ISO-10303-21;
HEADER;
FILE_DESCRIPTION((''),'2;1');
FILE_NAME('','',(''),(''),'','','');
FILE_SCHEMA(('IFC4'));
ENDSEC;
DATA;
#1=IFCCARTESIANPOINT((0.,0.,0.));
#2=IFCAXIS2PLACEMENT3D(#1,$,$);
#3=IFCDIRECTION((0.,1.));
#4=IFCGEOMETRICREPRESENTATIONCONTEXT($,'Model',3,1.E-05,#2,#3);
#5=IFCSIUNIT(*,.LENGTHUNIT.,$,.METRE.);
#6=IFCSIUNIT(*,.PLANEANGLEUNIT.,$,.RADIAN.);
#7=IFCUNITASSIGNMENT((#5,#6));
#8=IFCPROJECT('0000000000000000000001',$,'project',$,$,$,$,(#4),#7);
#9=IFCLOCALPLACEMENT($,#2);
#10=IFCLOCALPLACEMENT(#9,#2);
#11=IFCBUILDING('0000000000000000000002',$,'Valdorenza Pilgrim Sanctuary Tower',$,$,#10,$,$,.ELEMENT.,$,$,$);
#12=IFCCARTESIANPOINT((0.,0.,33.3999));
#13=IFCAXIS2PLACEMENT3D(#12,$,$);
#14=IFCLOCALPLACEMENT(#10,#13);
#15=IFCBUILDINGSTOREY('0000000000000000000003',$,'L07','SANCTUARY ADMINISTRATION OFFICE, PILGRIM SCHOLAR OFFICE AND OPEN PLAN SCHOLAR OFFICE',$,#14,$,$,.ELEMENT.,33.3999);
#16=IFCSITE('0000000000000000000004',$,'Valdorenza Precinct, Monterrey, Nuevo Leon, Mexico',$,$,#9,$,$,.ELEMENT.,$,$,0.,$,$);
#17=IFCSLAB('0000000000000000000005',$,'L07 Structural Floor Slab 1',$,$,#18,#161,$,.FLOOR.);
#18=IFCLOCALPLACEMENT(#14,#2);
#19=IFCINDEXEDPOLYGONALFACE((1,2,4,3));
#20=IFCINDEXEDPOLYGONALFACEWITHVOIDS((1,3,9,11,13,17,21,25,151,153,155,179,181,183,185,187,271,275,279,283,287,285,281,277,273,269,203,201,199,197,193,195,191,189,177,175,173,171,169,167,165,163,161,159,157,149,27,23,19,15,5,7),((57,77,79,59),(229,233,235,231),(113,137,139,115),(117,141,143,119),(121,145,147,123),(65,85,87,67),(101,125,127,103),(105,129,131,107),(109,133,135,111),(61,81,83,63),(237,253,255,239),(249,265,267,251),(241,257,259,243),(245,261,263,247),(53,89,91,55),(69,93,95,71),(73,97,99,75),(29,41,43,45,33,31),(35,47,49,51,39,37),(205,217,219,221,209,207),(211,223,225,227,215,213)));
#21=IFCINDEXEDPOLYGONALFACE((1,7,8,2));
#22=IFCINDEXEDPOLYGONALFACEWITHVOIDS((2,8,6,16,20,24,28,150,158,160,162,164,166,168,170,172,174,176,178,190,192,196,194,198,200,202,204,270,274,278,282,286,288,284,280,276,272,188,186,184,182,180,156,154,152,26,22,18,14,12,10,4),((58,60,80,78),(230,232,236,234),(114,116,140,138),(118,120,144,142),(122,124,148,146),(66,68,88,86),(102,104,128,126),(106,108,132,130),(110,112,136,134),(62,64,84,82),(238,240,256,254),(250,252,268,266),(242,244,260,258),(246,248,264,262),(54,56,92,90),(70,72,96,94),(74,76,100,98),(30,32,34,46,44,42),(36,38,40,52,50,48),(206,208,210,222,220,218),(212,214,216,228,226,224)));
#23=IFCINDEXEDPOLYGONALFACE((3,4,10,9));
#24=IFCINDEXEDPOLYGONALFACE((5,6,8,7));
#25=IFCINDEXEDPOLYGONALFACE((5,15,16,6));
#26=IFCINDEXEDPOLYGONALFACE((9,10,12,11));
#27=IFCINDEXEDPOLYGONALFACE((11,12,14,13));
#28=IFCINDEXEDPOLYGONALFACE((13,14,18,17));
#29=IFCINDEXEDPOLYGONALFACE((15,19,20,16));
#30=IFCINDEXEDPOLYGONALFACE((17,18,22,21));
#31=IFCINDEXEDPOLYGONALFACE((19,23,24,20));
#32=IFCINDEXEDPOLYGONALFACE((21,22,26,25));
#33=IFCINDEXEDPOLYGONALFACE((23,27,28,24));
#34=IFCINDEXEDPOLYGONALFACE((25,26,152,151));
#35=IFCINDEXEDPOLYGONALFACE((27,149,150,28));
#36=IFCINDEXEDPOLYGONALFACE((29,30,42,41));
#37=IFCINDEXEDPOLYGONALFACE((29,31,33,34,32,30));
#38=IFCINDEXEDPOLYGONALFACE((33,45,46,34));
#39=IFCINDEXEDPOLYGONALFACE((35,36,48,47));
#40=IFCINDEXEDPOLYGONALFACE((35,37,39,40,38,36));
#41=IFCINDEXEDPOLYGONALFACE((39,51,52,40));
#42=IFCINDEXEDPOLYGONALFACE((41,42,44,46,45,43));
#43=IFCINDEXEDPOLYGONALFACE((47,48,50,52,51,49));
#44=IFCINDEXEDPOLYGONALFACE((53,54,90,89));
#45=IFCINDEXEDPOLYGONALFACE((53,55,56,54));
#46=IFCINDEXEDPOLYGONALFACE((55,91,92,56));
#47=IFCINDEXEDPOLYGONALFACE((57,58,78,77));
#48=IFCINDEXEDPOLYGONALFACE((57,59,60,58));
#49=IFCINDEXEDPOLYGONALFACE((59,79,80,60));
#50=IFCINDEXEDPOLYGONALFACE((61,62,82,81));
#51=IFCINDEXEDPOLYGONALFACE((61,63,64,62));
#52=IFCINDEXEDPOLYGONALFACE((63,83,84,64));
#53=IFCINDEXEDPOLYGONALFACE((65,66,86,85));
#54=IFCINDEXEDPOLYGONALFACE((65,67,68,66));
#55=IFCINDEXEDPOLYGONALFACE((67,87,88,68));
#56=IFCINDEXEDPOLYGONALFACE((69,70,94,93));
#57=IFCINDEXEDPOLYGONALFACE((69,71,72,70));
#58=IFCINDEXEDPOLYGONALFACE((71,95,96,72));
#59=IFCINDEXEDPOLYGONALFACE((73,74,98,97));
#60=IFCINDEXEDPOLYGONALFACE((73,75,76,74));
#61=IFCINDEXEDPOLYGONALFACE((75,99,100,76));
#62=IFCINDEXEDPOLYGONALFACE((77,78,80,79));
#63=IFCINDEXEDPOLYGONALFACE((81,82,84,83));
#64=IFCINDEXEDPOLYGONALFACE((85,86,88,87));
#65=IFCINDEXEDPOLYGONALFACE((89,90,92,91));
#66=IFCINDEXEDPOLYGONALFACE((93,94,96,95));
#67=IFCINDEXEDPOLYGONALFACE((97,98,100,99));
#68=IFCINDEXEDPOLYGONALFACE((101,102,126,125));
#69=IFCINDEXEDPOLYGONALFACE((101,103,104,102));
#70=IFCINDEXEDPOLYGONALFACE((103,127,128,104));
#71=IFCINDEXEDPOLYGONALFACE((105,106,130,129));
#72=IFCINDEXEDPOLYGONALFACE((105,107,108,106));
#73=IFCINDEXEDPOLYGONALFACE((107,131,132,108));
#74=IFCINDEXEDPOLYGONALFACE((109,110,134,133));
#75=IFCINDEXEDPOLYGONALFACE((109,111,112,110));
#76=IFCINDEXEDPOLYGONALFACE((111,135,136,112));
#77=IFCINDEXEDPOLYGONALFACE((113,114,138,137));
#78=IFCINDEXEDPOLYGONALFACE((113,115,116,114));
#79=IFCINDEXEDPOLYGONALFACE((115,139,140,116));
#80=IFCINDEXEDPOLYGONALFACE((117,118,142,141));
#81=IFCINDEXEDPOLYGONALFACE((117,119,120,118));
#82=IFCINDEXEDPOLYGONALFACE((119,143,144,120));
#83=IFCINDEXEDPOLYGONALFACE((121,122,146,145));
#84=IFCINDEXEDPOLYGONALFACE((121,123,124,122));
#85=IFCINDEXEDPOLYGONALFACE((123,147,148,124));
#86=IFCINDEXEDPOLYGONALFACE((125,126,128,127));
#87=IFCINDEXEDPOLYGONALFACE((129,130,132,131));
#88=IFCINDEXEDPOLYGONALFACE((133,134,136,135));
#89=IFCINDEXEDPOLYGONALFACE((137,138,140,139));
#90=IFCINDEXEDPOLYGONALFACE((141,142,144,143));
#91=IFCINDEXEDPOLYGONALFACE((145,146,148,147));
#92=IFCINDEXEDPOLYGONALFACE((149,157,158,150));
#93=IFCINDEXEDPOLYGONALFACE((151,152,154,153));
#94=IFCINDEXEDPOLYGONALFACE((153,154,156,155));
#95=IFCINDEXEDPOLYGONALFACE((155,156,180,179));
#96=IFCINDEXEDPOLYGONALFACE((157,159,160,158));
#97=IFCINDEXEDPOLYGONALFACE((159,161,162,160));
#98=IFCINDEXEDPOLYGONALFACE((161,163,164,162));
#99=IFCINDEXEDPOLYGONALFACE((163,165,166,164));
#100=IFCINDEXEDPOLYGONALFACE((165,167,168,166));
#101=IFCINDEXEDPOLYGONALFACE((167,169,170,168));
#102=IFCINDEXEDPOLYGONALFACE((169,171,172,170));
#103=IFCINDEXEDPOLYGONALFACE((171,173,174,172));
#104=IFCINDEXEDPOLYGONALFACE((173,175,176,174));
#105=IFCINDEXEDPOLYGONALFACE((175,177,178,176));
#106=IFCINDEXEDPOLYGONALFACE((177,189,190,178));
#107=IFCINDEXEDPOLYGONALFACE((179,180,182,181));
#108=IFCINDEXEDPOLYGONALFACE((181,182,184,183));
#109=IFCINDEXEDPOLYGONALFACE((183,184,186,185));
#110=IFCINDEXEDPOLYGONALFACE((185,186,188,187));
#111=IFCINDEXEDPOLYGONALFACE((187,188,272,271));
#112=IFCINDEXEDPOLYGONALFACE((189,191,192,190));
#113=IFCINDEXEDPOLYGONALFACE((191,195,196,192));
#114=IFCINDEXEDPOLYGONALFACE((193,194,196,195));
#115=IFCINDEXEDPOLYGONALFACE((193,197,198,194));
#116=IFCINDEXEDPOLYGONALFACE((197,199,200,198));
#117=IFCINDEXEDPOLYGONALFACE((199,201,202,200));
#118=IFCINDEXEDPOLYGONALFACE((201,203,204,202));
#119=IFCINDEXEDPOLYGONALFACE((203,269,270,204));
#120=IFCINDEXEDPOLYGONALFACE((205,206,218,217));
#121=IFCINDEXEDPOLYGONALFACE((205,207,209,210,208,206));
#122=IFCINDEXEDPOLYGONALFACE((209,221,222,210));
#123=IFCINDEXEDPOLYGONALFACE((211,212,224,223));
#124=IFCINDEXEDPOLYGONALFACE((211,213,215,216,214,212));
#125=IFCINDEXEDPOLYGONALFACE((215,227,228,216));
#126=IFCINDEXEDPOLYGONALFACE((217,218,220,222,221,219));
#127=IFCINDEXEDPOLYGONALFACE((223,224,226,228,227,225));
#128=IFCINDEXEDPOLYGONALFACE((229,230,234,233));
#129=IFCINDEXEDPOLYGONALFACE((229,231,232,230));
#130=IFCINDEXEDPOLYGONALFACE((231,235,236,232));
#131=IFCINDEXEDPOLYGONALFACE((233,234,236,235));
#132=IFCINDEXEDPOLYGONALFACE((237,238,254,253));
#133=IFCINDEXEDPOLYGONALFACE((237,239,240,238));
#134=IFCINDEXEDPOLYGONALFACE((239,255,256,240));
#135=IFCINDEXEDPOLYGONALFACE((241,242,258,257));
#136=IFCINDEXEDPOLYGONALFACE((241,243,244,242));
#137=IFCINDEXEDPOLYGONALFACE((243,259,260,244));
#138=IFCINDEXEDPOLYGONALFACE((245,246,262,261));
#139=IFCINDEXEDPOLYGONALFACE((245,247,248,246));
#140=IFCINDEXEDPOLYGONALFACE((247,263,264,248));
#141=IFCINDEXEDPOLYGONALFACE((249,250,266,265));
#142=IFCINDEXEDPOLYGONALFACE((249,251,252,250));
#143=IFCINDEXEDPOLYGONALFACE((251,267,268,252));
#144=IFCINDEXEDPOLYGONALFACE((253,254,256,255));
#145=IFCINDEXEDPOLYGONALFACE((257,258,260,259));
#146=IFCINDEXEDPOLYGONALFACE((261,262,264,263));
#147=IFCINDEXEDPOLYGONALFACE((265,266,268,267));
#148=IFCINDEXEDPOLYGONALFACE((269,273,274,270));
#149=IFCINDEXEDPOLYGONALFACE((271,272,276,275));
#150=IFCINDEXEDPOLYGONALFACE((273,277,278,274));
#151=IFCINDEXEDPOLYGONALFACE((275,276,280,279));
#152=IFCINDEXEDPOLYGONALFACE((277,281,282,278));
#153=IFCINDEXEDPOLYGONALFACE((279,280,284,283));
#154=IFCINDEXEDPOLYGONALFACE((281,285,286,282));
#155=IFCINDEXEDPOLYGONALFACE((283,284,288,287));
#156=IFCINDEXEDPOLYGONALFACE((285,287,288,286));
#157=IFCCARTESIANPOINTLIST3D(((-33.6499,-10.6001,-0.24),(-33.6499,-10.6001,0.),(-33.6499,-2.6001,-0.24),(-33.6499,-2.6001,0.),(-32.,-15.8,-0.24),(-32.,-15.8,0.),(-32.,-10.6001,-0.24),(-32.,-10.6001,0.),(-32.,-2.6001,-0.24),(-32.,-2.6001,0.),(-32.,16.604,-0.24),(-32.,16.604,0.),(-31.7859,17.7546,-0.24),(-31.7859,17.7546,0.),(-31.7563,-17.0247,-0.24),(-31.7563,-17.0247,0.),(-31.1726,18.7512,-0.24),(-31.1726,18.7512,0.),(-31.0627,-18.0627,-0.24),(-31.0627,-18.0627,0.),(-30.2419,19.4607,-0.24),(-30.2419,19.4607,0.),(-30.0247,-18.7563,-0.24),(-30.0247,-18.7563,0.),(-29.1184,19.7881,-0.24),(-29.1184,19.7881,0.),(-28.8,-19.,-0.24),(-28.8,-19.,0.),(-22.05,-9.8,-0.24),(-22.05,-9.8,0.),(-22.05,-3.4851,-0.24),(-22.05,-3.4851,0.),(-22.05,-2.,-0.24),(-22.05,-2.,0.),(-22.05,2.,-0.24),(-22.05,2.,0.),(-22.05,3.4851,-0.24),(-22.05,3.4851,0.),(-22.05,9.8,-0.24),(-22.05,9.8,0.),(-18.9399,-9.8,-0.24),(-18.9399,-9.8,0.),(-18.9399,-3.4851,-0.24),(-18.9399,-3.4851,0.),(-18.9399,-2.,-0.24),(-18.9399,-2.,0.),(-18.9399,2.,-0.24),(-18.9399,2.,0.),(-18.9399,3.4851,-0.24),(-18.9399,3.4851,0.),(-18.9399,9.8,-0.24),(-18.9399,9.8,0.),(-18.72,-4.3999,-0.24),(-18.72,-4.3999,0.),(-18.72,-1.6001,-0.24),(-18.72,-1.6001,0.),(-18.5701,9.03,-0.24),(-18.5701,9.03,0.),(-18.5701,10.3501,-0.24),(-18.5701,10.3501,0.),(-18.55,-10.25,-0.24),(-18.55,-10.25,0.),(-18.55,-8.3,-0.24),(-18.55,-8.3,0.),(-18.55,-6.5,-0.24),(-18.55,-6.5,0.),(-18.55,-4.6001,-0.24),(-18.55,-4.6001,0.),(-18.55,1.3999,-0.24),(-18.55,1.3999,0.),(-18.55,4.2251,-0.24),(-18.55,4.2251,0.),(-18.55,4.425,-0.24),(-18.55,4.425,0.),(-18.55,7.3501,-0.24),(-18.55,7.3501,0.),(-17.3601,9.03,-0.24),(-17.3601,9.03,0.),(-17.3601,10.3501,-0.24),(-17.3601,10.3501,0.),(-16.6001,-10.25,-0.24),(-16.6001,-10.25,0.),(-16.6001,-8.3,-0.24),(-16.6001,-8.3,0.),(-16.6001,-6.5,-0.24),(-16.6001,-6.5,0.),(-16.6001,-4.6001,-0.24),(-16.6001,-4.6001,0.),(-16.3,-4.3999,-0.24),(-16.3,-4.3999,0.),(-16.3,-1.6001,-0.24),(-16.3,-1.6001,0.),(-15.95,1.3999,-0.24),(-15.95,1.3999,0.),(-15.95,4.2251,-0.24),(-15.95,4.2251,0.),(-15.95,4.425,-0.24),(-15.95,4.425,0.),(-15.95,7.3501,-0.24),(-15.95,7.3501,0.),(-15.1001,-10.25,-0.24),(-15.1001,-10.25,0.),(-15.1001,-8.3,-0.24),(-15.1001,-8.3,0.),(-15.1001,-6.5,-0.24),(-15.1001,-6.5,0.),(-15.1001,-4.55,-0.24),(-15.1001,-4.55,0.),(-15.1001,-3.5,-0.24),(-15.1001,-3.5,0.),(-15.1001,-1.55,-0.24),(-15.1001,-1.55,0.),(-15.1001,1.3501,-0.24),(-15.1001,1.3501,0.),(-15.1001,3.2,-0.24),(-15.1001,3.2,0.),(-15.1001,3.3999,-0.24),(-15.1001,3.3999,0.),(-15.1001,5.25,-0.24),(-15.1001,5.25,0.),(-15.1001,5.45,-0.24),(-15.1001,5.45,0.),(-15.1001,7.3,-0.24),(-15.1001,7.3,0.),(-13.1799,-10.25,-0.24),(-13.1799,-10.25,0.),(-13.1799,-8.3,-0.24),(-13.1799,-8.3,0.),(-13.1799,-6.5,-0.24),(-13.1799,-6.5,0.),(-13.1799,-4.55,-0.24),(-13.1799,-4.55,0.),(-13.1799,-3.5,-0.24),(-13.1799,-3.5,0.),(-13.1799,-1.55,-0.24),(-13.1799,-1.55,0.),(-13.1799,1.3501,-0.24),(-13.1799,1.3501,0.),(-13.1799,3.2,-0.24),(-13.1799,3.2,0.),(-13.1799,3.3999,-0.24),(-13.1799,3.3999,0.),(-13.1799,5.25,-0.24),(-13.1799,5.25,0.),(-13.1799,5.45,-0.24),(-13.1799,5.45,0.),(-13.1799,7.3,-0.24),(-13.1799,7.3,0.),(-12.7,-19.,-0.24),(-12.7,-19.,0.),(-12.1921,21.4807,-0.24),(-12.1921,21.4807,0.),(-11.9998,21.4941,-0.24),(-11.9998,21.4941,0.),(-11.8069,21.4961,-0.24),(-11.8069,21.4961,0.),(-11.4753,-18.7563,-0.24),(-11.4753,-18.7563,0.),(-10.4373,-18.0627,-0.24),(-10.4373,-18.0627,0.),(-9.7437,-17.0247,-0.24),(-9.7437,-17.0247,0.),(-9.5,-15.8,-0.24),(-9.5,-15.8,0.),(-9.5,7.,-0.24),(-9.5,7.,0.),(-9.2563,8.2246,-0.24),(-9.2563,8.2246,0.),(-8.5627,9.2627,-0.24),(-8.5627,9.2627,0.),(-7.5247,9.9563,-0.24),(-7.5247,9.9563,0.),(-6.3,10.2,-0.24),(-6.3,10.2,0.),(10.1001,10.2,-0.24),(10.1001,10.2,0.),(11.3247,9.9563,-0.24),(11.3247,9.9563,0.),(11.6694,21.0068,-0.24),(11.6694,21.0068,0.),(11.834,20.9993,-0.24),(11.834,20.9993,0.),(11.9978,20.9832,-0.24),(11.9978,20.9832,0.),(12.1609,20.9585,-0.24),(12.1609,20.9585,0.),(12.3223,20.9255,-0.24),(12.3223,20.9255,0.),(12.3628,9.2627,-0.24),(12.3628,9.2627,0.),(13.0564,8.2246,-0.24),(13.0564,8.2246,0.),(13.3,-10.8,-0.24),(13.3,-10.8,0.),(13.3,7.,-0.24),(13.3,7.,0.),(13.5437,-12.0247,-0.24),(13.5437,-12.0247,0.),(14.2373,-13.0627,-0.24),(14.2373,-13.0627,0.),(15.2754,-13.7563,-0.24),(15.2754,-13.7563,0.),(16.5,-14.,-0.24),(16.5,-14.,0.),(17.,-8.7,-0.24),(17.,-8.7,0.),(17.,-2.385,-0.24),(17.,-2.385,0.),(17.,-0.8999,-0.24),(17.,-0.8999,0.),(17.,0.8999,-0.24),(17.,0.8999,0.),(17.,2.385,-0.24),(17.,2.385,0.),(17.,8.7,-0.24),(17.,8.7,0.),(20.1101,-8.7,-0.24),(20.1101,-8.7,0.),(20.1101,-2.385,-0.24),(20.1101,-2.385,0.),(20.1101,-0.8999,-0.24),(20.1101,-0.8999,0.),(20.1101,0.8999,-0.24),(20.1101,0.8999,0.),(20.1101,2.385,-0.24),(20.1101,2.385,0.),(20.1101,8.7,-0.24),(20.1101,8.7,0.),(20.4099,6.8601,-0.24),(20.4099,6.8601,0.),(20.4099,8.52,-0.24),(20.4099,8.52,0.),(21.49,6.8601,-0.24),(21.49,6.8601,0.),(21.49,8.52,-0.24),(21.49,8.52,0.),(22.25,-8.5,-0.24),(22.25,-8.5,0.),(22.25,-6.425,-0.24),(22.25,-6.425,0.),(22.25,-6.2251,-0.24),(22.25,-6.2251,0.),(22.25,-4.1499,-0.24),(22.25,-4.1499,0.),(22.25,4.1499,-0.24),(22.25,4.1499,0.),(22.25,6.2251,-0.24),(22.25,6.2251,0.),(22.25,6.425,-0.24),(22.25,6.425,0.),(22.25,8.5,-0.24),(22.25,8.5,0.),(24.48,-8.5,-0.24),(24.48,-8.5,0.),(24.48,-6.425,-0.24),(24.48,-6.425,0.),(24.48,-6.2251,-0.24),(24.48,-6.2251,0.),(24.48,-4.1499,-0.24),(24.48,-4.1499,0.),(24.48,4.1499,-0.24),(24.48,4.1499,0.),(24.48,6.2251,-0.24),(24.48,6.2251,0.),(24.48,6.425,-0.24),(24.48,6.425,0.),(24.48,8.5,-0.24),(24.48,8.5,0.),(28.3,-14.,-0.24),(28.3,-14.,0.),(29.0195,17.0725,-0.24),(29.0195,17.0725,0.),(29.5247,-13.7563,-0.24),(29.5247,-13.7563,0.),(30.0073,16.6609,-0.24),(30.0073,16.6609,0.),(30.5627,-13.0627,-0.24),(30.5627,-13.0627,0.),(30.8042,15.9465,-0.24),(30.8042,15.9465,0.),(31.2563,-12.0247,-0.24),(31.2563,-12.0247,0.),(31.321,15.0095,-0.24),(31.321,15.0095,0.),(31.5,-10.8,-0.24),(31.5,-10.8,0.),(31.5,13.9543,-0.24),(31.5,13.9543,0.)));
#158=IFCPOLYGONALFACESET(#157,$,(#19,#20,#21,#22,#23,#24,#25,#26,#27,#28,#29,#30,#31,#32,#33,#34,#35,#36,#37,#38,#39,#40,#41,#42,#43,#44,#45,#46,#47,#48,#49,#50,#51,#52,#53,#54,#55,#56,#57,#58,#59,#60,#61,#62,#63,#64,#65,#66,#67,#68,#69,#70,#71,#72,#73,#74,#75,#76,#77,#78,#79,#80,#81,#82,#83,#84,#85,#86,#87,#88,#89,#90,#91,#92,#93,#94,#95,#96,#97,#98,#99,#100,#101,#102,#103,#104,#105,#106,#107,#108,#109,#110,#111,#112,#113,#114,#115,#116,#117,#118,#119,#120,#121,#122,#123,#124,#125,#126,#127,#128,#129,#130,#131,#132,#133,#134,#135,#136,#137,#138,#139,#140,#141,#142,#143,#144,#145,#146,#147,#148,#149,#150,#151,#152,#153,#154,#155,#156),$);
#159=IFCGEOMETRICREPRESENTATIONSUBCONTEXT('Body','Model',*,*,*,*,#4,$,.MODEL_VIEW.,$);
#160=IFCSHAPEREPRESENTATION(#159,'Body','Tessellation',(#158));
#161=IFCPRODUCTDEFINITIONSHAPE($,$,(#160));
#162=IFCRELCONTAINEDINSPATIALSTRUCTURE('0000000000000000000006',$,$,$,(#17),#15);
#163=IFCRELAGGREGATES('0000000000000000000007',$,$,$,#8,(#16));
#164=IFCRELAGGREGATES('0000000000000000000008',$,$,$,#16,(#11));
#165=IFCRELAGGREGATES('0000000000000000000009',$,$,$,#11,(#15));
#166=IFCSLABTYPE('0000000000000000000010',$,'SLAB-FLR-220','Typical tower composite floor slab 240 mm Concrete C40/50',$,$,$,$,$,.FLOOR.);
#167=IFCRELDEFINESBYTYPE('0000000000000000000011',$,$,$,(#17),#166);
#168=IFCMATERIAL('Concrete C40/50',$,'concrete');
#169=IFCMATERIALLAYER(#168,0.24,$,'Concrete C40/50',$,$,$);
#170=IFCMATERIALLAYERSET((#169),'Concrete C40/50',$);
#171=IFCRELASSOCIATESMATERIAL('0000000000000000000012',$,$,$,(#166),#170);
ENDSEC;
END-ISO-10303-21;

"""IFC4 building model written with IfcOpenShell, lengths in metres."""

from ifc_helpers import new_model, si_unit, direction, frame, origin, place, context, subcontext, project, spatial, polyline, outline, extrude, material, layer, layer_set, type_object, element, save


model = new_model("IFC4")

# Units and contexts
model_context = context("Model", 3, precision=1e-05, world=origin(), true_north=direction((0.0, 1.0)))
body_context = subcontext(model_context, "Body", "Model", "MODEL_VIEW")
ifc_project = project(units=[si_unit("LENGTHUNIT", "METRE"), si_unit("PLANEANGLEUNIT", "RADIAN")], contexts=[model_context])

# Site, building, storey
site_placement = place(None, origin())
site = spatial("IfcSite", under=ifc_project, at=site_placement, Name="Valdorenza Precinct, Monterrey, Nuevo Leon, Mexico", CompositionType="ELEMENT", RefElevation=0.0)
building_placement = place(site_placement, origin())
building = spatial("IfcBuilding", under=site, at=building_placement, Name="Valdorenza Pilgrim Sanctuary Tower", CompositionType="ELEMENT")
storey_placement = place(building_placement, frame((0.0, 0.0, 33.3999)))
storey = spatial("IfcBuildingStorey", under=building, at=storey_placement, Name="L07", Description="SANCTUARY ADMINISTRATION OFFICE, PILGRIM SCHOLAR OFFICE AND OPEN PLAN SCHOLAR OFFICE", CompositionType="ELEMENT", Elevation=33.3999)

# Slab
ifc_material_1 = material(Name="Concrete C40/50", Category="concrete")
ifc_layer_1 = layer(ifc_material_1, 0.24, Name="Concrete C40/50")
ifc_layer_set_1 = layer_set([ifc_layer_1], Name="Concrete C40/50")
slab_type_1 = type_object("IfcSlabType", Name="SLAB-FLR-220", Description="Typical tower composite floor slab 240 mm Concrete C40/50", PredefinedType="FLOOR", material=ifc_layer_set_1)
slab_1_placement = place(storey_placement, frame((0.0, 0.0, -0.24)))
element("IfcSlab", 1, at=slab_1_placement, inside=storey, type_object=slab_type_1, Name="L07 Structural Floor Slab 1", PredefinedType="FLOOR", context=body_context, shape_type="SweptSolid", body=[
    extrude(outline(polyline([(-33.6499, -2.6001), (-32.0, -2.6001), (-32.0, 16.604), (-31.7859, 17.7546), (-31.1726, 18.7512), (-30.2419, 19.4607), (-29.1184, 19.7881), (-12.1921, 21.4807), (-11.9998, 21.4941), (-11.8069, 21.4961), (11.6694, 21.0068), (11.834, 20.9993), (11.9978, 20.9832), (12.1609, 20.9585), (12.3223, 20.9255), (29.0195, 17.0725), (30.0073, 16.6609), (30.8042, 15.9465), (31.321, 15.0095), (31.5, 13.9543), (31.5, -10.8), (31.2563, -12.0247), (30.5627, -13.0627), (29.5247, -13.7563), (28.3, -14.0), (16.5, -14.0), (15.2754, -13.7563), (14.2373, -13.0627), (13.5437, -12.0247), (13.3, -10.8), (13.3, 7.0), (13.0564, 8.2246), (12.3628, 9.2627), (11.3247, 9.9563), (10.1001, 10.2), (-6.3, 10.2), (-7.5247, 9.9563), (-8.5627, 9.2627), (-9.2563, 8.2246), (-9.5, 7.0), (-9.5, -15.8), (-9.7437, -17.0247), (-10.4373, -18.0627), (-11.4753, -18.7563), (-12.7, -19.0), (-28.8, -19.0), (-30.0247, -18.7563), (-31.0627, -18.0627), (-31.7563, -17.0247), (-32.0, -15.8), (-32.0, -10.6001), (-33.6499, -10.6001), (-33.6499, -2.6001)]), holes=[polyline([(-16.6001, -10.25), (-16.6001, -8.3), (-18.55, -8.3), (-18.55, -10.25), (-16.6001, -10.25)]), polyline([(-22.05, -9.8), (-18.9399, -9.8), (-18.9399, -3.4851), (-18.9399, -2.0), (-22.05, -2.0), (-22.05, -3.4851), (-22.05, -9.8)]), polyline([(-18.55, -6.5), (-16.6001, -6.5), (-16.6001, -4.6001), (-18.55, -4.6001), (-18.55, -6.5)]), polyline([(-13.1799, -6.5), (-13.1799, -4.55), (-15.1001, -4.55), (-15.1001, -6.5), (-13.1799, -6.5)]), polyline([(-18.72, -4.3999), (-16.3, -4.3999), (-16.3, -1.6001), (-18.72, -1.6001), (-18.72, -4.3999)]), polyline([(-13.1799, -3.5), (-13.1799, -1.55), (-15.1001, -1.55), (-15.1001, -3.5), (-13.1799, -3.5)]), polyline([(-22.05, 2.0), (-18.9399, 2.0), (-18.9399, 3.4851), (-18.9399, 9.8), (-22.05, 9.8), (-22.05, 3.4851), (-22.05, 2.0)]), polyline([(-18.55, 1.3999), (-15.95, 1.3999), (-15.95, 4.2251), (-18.55, 4.2251), (-18.55, 1.3999)]), polyline([(-15.95, 4.425), (-15.95, 7.3501), (-18.55, 7.3501), (-18.55, 4.425), (-15.95, 4.425)]), polyline([(-15.1001, 5.45), (-13.1799, 5.45), (-13.1799, 7.3), (-15.1001, 7.3), (-15.1001, 5.45)]), polyline([(-17.3601, 9.03), (-17.3601, 10.3501), (-18.5701, 10.3501), (-18.5701, 9.03), (-17.3601, 9.03)]), polyline([(-15.1001, -10.25), (-13.1799, -10.25), (-13.1799, -8.3), (-15.1001, -8.3), (-15.1001, -10.25)]), polyline([(22.25, -8.5), (24.48, -8.5), (24.48, -6.425), (22.25, -6.425), (22.25, -8.5)]), polyline([(17.0, -2.385), (17.0, -8.7), (20.1101, -8.7), (20.1101, -2.385), (20.1101, -0.8999), (17.0, -0.8999), (17.0, -2.385)]), polyline([(22.25, -6.2251), (24.48, -6.2251), (24.48, -4.1499), (22.25, -4.1499), (22.25, -6.2251)]), polyline([(17.0, 0.8999), (20.1101, 0.8999), (20.1101, 2.385), (20.1101, 8.7), (17.0, 8.7), (17.0, 2.385), (17.0, 0.8999)]), polyline([(-15.1001, 1.3501), (-13.1799, 1.3501), (-13.1799, 3.2), (-15.1001, 3.2), (-15.1001, 1.3501)]), polyline([(-15.1001, 3.3999), (-13.1799, 3.3999), (-13.1799, 5.25), (-15.1001, 5.25), (-15.1001, 3.3999)]), polyline([(22.25, 4.1499), (24.48, 4.1499), (24.48, 6.2251), (22.25, 6.2251), (22.25, 4.1499)]), polyline([(22.25, 6.425), (24.48, 6.425), (24.48, 8.5), (22.25, 8.5), (22.25, 6.425)]), polyline([(20.4099, 6.8601), (21.49, 6.8601), (21.49, 8.52), (20.4099, 8.52), (20.4099, 6.8601)])]), origin(), (0.0, 0.0, 1.0), 0.24),
])

save(model, "model.ifc")
